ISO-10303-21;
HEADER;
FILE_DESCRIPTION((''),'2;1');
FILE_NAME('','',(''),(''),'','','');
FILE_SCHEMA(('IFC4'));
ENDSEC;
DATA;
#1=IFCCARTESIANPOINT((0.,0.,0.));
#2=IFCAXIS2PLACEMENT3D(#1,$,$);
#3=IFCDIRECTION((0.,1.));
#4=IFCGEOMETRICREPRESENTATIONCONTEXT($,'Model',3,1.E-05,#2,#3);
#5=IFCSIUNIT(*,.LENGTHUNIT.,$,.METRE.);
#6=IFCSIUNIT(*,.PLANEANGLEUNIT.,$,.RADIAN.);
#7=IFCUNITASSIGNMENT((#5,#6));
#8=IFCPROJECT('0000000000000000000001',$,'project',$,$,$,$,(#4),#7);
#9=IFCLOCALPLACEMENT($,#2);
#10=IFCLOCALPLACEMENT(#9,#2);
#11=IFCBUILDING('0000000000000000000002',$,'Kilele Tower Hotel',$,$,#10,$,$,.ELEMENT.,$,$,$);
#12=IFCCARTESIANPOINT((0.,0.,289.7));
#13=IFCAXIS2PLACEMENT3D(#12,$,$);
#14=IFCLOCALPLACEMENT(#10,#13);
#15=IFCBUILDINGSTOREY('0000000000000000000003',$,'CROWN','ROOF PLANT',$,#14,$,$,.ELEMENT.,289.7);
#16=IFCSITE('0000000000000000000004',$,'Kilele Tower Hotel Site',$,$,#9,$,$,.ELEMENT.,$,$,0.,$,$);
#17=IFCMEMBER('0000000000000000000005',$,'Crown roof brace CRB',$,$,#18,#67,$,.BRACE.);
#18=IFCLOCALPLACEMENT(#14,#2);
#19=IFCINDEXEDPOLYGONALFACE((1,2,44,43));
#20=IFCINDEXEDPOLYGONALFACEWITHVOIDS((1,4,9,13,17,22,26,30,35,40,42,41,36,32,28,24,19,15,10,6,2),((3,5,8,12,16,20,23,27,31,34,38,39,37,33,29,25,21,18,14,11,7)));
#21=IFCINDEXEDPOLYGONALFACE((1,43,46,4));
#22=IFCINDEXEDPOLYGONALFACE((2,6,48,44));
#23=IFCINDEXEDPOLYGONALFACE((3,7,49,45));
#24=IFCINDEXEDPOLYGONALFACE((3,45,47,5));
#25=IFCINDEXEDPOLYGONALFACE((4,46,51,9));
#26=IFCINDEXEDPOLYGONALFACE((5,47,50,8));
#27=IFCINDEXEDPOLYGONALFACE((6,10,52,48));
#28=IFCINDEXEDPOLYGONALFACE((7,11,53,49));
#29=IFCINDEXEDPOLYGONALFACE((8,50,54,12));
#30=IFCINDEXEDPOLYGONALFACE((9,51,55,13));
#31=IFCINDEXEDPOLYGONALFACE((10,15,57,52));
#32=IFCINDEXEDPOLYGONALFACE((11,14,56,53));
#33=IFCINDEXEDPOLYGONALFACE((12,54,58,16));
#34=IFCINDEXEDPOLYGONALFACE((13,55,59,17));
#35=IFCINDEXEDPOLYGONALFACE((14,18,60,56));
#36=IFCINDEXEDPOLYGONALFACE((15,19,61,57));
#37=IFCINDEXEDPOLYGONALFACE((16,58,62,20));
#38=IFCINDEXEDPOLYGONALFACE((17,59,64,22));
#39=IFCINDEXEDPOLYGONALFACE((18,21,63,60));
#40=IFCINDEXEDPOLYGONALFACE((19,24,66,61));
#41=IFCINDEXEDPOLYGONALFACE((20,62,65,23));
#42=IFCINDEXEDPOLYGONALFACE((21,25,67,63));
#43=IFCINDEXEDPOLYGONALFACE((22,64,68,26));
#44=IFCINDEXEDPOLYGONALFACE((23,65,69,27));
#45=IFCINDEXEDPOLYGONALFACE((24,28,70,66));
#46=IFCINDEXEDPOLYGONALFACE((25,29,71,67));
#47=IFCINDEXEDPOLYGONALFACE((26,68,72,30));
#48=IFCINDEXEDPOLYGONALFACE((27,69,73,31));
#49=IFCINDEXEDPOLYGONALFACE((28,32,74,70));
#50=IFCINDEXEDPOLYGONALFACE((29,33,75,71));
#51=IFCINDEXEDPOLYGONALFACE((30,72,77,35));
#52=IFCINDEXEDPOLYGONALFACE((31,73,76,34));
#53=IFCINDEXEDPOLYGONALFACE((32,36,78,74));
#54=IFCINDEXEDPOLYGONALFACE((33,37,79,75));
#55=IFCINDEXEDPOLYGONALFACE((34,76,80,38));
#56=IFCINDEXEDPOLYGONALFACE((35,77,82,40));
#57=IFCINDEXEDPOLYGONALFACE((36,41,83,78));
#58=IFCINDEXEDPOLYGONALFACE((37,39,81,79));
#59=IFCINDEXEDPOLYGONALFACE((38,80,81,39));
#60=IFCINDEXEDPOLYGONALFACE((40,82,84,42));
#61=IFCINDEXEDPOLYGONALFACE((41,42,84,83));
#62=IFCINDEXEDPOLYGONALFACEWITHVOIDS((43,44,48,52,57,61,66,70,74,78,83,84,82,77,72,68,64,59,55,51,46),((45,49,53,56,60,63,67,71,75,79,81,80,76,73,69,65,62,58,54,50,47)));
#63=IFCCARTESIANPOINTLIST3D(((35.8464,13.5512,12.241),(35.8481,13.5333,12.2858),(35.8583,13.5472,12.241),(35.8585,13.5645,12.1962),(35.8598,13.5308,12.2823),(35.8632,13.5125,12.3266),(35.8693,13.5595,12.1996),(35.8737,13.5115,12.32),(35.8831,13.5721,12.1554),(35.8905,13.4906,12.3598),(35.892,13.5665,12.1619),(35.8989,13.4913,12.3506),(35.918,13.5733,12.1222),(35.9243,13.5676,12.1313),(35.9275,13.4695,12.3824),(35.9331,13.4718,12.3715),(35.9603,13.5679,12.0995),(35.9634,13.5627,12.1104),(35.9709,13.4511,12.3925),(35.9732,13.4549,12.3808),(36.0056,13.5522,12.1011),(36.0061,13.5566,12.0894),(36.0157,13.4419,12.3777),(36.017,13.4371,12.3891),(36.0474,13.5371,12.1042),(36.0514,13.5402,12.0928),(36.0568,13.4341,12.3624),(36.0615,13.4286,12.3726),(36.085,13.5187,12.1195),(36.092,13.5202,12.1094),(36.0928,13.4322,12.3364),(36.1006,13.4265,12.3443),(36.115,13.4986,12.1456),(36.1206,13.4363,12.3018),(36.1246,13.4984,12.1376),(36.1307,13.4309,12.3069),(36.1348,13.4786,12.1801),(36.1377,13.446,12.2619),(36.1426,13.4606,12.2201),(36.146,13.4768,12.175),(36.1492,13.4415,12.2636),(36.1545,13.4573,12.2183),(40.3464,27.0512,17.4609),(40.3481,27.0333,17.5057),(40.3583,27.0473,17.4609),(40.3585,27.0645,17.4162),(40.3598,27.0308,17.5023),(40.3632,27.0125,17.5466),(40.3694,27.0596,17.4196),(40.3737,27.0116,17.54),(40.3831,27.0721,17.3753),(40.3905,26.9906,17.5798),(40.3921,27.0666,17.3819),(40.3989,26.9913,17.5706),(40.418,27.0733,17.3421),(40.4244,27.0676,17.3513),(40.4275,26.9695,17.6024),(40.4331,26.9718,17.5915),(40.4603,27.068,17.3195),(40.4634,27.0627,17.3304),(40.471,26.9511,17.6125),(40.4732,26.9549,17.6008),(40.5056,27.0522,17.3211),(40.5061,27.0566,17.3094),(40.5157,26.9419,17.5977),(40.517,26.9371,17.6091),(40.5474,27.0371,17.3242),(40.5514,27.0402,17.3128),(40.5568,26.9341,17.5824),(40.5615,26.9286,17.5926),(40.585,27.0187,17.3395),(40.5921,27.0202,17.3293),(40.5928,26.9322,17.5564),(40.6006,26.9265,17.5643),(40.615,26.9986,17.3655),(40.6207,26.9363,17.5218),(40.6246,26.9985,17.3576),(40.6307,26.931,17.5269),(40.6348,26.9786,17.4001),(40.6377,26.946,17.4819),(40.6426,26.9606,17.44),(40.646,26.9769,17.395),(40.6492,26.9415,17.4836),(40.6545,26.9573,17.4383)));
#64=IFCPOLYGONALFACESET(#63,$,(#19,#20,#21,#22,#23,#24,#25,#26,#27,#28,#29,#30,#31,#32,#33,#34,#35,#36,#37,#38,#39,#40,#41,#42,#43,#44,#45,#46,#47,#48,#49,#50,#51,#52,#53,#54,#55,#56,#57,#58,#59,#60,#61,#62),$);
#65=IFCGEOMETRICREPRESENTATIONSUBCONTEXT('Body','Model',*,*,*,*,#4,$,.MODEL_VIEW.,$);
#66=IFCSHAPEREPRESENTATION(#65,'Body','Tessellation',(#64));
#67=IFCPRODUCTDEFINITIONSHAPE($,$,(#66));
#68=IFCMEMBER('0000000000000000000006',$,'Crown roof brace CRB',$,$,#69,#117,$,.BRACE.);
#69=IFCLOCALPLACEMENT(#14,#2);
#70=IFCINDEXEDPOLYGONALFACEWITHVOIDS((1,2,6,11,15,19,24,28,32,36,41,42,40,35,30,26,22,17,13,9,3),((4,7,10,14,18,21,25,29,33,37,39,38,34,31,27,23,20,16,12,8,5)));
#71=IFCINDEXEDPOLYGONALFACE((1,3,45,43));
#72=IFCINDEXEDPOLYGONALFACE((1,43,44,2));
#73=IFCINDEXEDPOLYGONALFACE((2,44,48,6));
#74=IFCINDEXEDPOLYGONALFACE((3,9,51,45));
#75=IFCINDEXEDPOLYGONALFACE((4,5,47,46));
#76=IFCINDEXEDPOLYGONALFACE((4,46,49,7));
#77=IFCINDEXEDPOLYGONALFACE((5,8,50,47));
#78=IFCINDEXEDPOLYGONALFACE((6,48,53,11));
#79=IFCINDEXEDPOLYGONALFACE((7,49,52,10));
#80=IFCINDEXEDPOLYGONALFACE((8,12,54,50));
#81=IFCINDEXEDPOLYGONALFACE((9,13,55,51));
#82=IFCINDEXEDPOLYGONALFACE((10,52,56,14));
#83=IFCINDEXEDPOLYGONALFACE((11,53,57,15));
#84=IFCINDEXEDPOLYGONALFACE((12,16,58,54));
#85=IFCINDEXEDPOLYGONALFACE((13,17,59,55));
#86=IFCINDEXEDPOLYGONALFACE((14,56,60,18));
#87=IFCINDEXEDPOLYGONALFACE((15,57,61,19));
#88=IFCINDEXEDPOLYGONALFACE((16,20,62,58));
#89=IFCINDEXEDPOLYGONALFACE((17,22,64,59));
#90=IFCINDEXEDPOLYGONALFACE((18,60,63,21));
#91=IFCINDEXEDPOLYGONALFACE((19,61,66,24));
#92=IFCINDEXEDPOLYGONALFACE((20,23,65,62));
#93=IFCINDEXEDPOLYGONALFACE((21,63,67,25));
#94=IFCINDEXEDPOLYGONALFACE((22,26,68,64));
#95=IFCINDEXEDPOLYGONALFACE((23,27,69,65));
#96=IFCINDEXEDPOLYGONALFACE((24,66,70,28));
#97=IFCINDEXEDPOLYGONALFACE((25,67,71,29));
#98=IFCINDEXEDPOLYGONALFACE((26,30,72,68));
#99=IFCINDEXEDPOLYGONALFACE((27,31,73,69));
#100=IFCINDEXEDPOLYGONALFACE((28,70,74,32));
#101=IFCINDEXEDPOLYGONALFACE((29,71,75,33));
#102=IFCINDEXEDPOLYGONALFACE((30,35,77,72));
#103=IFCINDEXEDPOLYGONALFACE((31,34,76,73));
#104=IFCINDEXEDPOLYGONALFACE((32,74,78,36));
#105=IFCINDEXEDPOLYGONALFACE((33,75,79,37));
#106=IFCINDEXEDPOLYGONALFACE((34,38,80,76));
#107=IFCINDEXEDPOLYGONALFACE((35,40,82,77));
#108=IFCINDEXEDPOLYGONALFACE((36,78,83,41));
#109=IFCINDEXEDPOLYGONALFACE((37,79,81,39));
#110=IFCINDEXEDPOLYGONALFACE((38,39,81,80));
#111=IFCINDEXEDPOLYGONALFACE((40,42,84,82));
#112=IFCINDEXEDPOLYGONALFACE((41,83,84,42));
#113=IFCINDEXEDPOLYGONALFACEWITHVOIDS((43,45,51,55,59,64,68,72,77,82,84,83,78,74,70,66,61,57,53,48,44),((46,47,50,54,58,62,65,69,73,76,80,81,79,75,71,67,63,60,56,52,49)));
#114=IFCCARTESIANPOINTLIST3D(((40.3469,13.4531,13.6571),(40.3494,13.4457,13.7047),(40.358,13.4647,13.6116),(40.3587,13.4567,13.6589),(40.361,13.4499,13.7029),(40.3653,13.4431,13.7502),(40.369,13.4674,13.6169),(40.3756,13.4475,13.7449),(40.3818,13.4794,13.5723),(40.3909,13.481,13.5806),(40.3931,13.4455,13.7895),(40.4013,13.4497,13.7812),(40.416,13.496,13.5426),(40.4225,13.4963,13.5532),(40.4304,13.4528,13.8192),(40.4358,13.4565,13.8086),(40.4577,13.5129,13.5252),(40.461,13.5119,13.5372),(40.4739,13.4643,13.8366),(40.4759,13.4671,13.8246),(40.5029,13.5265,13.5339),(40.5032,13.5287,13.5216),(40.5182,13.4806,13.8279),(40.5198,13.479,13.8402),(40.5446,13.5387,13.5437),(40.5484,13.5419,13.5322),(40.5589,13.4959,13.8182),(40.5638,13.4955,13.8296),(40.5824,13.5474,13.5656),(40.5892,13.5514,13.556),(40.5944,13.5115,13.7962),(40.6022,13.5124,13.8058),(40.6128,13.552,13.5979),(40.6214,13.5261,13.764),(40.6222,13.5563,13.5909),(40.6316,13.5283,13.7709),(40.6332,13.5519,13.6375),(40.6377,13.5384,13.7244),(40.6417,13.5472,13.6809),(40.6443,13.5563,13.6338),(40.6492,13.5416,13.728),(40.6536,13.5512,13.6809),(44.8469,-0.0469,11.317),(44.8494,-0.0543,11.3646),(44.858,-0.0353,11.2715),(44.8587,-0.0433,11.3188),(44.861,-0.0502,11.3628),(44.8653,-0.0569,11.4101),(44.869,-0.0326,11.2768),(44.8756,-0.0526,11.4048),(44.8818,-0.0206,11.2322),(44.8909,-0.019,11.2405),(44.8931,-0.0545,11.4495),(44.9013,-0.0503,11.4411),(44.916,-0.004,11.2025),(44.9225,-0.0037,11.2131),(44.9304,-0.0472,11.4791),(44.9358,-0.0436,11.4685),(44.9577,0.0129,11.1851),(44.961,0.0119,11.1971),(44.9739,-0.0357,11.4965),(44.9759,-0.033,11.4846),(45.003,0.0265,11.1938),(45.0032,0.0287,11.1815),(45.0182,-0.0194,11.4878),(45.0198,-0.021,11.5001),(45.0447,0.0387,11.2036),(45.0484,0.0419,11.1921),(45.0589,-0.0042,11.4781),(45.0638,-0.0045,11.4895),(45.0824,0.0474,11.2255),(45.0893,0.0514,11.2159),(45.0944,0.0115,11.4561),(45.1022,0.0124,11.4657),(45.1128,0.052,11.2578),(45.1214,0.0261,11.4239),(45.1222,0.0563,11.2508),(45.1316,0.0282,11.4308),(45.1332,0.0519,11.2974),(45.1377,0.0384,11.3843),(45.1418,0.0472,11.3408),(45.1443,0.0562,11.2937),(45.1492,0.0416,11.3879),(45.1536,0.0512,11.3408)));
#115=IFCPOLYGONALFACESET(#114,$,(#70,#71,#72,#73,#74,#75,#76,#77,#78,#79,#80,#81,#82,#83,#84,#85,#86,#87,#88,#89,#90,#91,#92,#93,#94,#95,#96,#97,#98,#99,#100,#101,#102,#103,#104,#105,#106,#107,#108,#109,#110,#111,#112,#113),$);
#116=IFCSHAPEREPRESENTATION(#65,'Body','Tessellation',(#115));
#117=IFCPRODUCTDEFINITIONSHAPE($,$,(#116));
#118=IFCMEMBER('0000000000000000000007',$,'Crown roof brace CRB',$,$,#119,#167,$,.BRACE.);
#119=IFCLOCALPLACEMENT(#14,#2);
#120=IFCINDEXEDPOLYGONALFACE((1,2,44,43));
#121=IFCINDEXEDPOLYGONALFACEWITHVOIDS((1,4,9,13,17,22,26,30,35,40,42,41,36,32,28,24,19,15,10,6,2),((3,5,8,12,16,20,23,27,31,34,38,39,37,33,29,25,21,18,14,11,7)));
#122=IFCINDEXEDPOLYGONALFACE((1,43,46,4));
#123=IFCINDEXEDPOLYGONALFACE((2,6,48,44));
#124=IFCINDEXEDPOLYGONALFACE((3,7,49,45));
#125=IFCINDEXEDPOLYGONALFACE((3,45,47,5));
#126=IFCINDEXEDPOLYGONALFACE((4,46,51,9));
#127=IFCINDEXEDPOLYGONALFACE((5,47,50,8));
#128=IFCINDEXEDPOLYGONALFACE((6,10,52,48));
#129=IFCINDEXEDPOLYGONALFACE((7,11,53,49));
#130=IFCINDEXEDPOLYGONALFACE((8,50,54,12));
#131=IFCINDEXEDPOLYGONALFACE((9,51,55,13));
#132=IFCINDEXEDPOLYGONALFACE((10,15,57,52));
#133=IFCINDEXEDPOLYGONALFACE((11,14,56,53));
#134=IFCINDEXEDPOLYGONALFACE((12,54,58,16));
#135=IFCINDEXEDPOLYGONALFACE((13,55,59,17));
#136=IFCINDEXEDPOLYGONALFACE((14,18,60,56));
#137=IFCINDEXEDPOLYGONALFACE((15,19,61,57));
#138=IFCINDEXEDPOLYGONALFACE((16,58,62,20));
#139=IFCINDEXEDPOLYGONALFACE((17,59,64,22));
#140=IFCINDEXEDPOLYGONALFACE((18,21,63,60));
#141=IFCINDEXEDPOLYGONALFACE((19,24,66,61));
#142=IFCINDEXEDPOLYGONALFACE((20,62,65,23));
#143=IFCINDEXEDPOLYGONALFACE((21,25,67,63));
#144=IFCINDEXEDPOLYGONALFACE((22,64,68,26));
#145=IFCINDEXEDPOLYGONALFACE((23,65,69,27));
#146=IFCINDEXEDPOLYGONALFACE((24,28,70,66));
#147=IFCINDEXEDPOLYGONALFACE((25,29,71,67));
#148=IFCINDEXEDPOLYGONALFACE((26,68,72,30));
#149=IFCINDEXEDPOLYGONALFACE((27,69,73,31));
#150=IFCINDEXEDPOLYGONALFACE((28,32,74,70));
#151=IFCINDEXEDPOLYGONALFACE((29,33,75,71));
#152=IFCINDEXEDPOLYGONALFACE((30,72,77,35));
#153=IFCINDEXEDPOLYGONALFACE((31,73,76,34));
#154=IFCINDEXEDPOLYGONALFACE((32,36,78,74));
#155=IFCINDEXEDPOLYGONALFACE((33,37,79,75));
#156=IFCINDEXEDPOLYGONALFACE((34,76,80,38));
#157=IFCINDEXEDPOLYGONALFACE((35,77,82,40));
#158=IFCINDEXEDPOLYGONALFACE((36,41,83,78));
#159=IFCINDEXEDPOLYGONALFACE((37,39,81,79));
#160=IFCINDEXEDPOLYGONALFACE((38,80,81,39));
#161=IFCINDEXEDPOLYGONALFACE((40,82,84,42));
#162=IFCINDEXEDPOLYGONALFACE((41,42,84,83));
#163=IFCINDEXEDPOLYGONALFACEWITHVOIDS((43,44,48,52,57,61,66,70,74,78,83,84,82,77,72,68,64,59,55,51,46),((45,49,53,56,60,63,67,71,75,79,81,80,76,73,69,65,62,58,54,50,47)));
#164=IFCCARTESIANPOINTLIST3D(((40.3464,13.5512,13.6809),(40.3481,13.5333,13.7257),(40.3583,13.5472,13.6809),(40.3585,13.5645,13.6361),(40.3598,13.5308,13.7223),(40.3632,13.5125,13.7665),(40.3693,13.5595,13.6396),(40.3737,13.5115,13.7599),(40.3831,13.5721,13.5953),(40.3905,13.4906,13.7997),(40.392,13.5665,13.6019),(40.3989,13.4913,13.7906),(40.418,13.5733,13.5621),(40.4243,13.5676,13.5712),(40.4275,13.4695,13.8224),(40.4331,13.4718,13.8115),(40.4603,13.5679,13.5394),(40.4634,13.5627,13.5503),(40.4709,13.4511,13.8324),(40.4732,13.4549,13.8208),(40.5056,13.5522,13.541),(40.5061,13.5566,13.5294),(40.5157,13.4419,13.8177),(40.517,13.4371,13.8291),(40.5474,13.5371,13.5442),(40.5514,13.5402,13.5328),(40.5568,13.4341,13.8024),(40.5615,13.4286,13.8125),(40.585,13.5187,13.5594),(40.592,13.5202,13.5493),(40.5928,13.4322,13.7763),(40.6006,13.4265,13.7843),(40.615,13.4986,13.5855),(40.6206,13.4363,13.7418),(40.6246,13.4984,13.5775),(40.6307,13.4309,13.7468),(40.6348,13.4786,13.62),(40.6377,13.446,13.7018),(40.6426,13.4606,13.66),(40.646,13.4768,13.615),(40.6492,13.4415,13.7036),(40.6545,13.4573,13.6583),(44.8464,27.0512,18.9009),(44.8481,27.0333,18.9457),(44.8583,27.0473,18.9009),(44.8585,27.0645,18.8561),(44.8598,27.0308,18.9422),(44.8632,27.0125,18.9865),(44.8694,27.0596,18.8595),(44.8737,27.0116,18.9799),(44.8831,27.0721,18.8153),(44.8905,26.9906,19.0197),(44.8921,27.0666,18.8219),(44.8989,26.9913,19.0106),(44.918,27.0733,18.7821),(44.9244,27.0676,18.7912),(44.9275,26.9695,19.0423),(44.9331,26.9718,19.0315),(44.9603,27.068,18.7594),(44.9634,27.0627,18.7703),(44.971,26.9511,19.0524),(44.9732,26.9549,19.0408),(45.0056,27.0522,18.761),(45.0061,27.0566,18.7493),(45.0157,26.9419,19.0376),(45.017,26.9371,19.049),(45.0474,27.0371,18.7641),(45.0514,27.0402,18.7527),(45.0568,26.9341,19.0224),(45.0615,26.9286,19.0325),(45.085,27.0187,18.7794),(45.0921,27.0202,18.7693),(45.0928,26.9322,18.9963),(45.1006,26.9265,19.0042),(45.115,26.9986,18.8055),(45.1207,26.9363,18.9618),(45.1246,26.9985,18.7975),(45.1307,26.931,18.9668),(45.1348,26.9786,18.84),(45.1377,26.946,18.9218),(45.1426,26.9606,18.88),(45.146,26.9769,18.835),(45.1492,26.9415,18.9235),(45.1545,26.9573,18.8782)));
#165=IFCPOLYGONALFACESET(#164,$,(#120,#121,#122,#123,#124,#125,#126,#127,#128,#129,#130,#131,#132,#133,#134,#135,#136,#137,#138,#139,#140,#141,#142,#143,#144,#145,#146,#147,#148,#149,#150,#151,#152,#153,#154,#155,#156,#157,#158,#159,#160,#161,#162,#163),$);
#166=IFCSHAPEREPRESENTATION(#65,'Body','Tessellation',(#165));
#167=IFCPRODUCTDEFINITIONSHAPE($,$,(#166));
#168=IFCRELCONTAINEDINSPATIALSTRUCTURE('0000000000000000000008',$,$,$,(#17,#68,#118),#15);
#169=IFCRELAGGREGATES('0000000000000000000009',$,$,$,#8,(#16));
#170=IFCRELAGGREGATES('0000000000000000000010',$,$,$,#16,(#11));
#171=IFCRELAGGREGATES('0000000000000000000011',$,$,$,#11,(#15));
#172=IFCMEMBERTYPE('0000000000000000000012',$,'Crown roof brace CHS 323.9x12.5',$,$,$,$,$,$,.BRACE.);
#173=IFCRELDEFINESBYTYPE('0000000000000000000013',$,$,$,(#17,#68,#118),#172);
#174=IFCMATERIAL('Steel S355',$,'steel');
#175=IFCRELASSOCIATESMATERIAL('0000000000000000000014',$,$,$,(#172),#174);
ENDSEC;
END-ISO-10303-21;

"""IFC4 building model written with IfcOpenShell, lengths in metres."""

from ifc_helpers import new_model, si_unit, direction, frame, origin, origin_2d, place, context, subcontext, project, spatial, hollow_circle, extrude, material, material_profile, profile_set, type_object, element, save


model = new_model("IFC4")

# Units and contexts
model_context = context("Model", 3, precision=1e-05, world=origin(), true_north=direction((0.0, 1.0)))
body_context = subcontext(model_context, "Body", "Model", "MODEL_VIEW")
ifc_project = project(units=[si_unit("LENGTHUNIT", "METRE"), si_unit("PLANEANGLEUNIT", "RADIAN")], contexts=[model_context])

# Site, building, storey
site_placement = place(None, origin())
site = spatial("IfcSite", under=ifc_project, at=site_placement, Name="Kilele Tower Hotel Site", CompositionType="ELEMENT", RefElevation=0.0)
building_placement = place(site_placement, origin())
building = spatial("IfcBuilding", under=site, at=building_placement, Name="Kilele Tower Hotel", CompositionType="ELEMENT")
storey_placement = place(building_placement, frame((0.0, 0.0, 289.7)))
storey = spatial("IfcBuildingStorey", under=building, at=storey_placement, Name="CROWN", Description="ROOF PLANT", CompositionType="ELEMENT", Elevation=289.7)

# Members
ifc_material_1 = material(Name="Steel S355", Category="steel")
ifc_material_profile_1 = material_profile(ifc_material_1, hollow_circle(Radius=0.1619, WallThickness=0.0125, at=origin_2d()))
ifc_profile_set_1 = profile_set([ifc_material_profile_1], Name="Steel S355")
member_type = type_object("IfcMemberType", Name="Crown roof brace CHS 323.9x12.5", PredefinedType="BRACE", material=ifc_profile_set_1)
member_1_placement = place(storey_placement, frame((36.0, 13.5, 12.241), z_axis=(0.296884, 0.890652, 0.344383), x_axis=(-0.948683, 0.316228, 0.0)))
element("IfcMember", 1, at=member_1_placement, inside=storey, type_object=member_type, Name="Crown roof brace CRB", PredefinedType="BRACE", context=body_context, shape_type="SweptSolid", body=[
    extrude(hollow_circle(Radius=0.1619, WallThickness=0.0125, at=origin_2d()), origin(), (0.0, 0.0, 1.0), 15.1575),
])
member_2_placement = place(storey_placement, frame((40.5, 13.5, 13.6809), z_axis=(0.312037, -0.936111, -0.162265), x_axis=(0.948683, 0.316228, 0.0)))
element("IfcMember", 2, at=member_2_placement, inside=storey, type_object=member_type, Name="Crown roof brace CRB", PredefinedType="BRACE", context=body_context, shape_type="SweptSolid", body=[
    extrude(hollow_circle(Radius=0.1619, WallThickness=0.0125, at=origin_2d()), origin(), (0.0, 0.0, 1.0), 14.4214),
])
member_3_placement = place(storey_placement, frame((40.5, 13.5, 13.6809), z_axis=(0.296884, 0.890652, 0.344383), x_axis=(-0.948683, 0.316228, 0.0)))
element("IfcMember", 3, at=member_3_placement, inside=storey, type_object=member_type, Name="Crown roof brace CRB", PredefinedType="BRACE", context=body_context, shape_type="SweptSolid", body=[
    extrude(hollow_circle(Radius=0.1619, WallThickness=0.0125, at=origin_2d()), origin(), (0.0, 0.0, 1.0), 15.1575),
])

save(model, "model.ifc")
